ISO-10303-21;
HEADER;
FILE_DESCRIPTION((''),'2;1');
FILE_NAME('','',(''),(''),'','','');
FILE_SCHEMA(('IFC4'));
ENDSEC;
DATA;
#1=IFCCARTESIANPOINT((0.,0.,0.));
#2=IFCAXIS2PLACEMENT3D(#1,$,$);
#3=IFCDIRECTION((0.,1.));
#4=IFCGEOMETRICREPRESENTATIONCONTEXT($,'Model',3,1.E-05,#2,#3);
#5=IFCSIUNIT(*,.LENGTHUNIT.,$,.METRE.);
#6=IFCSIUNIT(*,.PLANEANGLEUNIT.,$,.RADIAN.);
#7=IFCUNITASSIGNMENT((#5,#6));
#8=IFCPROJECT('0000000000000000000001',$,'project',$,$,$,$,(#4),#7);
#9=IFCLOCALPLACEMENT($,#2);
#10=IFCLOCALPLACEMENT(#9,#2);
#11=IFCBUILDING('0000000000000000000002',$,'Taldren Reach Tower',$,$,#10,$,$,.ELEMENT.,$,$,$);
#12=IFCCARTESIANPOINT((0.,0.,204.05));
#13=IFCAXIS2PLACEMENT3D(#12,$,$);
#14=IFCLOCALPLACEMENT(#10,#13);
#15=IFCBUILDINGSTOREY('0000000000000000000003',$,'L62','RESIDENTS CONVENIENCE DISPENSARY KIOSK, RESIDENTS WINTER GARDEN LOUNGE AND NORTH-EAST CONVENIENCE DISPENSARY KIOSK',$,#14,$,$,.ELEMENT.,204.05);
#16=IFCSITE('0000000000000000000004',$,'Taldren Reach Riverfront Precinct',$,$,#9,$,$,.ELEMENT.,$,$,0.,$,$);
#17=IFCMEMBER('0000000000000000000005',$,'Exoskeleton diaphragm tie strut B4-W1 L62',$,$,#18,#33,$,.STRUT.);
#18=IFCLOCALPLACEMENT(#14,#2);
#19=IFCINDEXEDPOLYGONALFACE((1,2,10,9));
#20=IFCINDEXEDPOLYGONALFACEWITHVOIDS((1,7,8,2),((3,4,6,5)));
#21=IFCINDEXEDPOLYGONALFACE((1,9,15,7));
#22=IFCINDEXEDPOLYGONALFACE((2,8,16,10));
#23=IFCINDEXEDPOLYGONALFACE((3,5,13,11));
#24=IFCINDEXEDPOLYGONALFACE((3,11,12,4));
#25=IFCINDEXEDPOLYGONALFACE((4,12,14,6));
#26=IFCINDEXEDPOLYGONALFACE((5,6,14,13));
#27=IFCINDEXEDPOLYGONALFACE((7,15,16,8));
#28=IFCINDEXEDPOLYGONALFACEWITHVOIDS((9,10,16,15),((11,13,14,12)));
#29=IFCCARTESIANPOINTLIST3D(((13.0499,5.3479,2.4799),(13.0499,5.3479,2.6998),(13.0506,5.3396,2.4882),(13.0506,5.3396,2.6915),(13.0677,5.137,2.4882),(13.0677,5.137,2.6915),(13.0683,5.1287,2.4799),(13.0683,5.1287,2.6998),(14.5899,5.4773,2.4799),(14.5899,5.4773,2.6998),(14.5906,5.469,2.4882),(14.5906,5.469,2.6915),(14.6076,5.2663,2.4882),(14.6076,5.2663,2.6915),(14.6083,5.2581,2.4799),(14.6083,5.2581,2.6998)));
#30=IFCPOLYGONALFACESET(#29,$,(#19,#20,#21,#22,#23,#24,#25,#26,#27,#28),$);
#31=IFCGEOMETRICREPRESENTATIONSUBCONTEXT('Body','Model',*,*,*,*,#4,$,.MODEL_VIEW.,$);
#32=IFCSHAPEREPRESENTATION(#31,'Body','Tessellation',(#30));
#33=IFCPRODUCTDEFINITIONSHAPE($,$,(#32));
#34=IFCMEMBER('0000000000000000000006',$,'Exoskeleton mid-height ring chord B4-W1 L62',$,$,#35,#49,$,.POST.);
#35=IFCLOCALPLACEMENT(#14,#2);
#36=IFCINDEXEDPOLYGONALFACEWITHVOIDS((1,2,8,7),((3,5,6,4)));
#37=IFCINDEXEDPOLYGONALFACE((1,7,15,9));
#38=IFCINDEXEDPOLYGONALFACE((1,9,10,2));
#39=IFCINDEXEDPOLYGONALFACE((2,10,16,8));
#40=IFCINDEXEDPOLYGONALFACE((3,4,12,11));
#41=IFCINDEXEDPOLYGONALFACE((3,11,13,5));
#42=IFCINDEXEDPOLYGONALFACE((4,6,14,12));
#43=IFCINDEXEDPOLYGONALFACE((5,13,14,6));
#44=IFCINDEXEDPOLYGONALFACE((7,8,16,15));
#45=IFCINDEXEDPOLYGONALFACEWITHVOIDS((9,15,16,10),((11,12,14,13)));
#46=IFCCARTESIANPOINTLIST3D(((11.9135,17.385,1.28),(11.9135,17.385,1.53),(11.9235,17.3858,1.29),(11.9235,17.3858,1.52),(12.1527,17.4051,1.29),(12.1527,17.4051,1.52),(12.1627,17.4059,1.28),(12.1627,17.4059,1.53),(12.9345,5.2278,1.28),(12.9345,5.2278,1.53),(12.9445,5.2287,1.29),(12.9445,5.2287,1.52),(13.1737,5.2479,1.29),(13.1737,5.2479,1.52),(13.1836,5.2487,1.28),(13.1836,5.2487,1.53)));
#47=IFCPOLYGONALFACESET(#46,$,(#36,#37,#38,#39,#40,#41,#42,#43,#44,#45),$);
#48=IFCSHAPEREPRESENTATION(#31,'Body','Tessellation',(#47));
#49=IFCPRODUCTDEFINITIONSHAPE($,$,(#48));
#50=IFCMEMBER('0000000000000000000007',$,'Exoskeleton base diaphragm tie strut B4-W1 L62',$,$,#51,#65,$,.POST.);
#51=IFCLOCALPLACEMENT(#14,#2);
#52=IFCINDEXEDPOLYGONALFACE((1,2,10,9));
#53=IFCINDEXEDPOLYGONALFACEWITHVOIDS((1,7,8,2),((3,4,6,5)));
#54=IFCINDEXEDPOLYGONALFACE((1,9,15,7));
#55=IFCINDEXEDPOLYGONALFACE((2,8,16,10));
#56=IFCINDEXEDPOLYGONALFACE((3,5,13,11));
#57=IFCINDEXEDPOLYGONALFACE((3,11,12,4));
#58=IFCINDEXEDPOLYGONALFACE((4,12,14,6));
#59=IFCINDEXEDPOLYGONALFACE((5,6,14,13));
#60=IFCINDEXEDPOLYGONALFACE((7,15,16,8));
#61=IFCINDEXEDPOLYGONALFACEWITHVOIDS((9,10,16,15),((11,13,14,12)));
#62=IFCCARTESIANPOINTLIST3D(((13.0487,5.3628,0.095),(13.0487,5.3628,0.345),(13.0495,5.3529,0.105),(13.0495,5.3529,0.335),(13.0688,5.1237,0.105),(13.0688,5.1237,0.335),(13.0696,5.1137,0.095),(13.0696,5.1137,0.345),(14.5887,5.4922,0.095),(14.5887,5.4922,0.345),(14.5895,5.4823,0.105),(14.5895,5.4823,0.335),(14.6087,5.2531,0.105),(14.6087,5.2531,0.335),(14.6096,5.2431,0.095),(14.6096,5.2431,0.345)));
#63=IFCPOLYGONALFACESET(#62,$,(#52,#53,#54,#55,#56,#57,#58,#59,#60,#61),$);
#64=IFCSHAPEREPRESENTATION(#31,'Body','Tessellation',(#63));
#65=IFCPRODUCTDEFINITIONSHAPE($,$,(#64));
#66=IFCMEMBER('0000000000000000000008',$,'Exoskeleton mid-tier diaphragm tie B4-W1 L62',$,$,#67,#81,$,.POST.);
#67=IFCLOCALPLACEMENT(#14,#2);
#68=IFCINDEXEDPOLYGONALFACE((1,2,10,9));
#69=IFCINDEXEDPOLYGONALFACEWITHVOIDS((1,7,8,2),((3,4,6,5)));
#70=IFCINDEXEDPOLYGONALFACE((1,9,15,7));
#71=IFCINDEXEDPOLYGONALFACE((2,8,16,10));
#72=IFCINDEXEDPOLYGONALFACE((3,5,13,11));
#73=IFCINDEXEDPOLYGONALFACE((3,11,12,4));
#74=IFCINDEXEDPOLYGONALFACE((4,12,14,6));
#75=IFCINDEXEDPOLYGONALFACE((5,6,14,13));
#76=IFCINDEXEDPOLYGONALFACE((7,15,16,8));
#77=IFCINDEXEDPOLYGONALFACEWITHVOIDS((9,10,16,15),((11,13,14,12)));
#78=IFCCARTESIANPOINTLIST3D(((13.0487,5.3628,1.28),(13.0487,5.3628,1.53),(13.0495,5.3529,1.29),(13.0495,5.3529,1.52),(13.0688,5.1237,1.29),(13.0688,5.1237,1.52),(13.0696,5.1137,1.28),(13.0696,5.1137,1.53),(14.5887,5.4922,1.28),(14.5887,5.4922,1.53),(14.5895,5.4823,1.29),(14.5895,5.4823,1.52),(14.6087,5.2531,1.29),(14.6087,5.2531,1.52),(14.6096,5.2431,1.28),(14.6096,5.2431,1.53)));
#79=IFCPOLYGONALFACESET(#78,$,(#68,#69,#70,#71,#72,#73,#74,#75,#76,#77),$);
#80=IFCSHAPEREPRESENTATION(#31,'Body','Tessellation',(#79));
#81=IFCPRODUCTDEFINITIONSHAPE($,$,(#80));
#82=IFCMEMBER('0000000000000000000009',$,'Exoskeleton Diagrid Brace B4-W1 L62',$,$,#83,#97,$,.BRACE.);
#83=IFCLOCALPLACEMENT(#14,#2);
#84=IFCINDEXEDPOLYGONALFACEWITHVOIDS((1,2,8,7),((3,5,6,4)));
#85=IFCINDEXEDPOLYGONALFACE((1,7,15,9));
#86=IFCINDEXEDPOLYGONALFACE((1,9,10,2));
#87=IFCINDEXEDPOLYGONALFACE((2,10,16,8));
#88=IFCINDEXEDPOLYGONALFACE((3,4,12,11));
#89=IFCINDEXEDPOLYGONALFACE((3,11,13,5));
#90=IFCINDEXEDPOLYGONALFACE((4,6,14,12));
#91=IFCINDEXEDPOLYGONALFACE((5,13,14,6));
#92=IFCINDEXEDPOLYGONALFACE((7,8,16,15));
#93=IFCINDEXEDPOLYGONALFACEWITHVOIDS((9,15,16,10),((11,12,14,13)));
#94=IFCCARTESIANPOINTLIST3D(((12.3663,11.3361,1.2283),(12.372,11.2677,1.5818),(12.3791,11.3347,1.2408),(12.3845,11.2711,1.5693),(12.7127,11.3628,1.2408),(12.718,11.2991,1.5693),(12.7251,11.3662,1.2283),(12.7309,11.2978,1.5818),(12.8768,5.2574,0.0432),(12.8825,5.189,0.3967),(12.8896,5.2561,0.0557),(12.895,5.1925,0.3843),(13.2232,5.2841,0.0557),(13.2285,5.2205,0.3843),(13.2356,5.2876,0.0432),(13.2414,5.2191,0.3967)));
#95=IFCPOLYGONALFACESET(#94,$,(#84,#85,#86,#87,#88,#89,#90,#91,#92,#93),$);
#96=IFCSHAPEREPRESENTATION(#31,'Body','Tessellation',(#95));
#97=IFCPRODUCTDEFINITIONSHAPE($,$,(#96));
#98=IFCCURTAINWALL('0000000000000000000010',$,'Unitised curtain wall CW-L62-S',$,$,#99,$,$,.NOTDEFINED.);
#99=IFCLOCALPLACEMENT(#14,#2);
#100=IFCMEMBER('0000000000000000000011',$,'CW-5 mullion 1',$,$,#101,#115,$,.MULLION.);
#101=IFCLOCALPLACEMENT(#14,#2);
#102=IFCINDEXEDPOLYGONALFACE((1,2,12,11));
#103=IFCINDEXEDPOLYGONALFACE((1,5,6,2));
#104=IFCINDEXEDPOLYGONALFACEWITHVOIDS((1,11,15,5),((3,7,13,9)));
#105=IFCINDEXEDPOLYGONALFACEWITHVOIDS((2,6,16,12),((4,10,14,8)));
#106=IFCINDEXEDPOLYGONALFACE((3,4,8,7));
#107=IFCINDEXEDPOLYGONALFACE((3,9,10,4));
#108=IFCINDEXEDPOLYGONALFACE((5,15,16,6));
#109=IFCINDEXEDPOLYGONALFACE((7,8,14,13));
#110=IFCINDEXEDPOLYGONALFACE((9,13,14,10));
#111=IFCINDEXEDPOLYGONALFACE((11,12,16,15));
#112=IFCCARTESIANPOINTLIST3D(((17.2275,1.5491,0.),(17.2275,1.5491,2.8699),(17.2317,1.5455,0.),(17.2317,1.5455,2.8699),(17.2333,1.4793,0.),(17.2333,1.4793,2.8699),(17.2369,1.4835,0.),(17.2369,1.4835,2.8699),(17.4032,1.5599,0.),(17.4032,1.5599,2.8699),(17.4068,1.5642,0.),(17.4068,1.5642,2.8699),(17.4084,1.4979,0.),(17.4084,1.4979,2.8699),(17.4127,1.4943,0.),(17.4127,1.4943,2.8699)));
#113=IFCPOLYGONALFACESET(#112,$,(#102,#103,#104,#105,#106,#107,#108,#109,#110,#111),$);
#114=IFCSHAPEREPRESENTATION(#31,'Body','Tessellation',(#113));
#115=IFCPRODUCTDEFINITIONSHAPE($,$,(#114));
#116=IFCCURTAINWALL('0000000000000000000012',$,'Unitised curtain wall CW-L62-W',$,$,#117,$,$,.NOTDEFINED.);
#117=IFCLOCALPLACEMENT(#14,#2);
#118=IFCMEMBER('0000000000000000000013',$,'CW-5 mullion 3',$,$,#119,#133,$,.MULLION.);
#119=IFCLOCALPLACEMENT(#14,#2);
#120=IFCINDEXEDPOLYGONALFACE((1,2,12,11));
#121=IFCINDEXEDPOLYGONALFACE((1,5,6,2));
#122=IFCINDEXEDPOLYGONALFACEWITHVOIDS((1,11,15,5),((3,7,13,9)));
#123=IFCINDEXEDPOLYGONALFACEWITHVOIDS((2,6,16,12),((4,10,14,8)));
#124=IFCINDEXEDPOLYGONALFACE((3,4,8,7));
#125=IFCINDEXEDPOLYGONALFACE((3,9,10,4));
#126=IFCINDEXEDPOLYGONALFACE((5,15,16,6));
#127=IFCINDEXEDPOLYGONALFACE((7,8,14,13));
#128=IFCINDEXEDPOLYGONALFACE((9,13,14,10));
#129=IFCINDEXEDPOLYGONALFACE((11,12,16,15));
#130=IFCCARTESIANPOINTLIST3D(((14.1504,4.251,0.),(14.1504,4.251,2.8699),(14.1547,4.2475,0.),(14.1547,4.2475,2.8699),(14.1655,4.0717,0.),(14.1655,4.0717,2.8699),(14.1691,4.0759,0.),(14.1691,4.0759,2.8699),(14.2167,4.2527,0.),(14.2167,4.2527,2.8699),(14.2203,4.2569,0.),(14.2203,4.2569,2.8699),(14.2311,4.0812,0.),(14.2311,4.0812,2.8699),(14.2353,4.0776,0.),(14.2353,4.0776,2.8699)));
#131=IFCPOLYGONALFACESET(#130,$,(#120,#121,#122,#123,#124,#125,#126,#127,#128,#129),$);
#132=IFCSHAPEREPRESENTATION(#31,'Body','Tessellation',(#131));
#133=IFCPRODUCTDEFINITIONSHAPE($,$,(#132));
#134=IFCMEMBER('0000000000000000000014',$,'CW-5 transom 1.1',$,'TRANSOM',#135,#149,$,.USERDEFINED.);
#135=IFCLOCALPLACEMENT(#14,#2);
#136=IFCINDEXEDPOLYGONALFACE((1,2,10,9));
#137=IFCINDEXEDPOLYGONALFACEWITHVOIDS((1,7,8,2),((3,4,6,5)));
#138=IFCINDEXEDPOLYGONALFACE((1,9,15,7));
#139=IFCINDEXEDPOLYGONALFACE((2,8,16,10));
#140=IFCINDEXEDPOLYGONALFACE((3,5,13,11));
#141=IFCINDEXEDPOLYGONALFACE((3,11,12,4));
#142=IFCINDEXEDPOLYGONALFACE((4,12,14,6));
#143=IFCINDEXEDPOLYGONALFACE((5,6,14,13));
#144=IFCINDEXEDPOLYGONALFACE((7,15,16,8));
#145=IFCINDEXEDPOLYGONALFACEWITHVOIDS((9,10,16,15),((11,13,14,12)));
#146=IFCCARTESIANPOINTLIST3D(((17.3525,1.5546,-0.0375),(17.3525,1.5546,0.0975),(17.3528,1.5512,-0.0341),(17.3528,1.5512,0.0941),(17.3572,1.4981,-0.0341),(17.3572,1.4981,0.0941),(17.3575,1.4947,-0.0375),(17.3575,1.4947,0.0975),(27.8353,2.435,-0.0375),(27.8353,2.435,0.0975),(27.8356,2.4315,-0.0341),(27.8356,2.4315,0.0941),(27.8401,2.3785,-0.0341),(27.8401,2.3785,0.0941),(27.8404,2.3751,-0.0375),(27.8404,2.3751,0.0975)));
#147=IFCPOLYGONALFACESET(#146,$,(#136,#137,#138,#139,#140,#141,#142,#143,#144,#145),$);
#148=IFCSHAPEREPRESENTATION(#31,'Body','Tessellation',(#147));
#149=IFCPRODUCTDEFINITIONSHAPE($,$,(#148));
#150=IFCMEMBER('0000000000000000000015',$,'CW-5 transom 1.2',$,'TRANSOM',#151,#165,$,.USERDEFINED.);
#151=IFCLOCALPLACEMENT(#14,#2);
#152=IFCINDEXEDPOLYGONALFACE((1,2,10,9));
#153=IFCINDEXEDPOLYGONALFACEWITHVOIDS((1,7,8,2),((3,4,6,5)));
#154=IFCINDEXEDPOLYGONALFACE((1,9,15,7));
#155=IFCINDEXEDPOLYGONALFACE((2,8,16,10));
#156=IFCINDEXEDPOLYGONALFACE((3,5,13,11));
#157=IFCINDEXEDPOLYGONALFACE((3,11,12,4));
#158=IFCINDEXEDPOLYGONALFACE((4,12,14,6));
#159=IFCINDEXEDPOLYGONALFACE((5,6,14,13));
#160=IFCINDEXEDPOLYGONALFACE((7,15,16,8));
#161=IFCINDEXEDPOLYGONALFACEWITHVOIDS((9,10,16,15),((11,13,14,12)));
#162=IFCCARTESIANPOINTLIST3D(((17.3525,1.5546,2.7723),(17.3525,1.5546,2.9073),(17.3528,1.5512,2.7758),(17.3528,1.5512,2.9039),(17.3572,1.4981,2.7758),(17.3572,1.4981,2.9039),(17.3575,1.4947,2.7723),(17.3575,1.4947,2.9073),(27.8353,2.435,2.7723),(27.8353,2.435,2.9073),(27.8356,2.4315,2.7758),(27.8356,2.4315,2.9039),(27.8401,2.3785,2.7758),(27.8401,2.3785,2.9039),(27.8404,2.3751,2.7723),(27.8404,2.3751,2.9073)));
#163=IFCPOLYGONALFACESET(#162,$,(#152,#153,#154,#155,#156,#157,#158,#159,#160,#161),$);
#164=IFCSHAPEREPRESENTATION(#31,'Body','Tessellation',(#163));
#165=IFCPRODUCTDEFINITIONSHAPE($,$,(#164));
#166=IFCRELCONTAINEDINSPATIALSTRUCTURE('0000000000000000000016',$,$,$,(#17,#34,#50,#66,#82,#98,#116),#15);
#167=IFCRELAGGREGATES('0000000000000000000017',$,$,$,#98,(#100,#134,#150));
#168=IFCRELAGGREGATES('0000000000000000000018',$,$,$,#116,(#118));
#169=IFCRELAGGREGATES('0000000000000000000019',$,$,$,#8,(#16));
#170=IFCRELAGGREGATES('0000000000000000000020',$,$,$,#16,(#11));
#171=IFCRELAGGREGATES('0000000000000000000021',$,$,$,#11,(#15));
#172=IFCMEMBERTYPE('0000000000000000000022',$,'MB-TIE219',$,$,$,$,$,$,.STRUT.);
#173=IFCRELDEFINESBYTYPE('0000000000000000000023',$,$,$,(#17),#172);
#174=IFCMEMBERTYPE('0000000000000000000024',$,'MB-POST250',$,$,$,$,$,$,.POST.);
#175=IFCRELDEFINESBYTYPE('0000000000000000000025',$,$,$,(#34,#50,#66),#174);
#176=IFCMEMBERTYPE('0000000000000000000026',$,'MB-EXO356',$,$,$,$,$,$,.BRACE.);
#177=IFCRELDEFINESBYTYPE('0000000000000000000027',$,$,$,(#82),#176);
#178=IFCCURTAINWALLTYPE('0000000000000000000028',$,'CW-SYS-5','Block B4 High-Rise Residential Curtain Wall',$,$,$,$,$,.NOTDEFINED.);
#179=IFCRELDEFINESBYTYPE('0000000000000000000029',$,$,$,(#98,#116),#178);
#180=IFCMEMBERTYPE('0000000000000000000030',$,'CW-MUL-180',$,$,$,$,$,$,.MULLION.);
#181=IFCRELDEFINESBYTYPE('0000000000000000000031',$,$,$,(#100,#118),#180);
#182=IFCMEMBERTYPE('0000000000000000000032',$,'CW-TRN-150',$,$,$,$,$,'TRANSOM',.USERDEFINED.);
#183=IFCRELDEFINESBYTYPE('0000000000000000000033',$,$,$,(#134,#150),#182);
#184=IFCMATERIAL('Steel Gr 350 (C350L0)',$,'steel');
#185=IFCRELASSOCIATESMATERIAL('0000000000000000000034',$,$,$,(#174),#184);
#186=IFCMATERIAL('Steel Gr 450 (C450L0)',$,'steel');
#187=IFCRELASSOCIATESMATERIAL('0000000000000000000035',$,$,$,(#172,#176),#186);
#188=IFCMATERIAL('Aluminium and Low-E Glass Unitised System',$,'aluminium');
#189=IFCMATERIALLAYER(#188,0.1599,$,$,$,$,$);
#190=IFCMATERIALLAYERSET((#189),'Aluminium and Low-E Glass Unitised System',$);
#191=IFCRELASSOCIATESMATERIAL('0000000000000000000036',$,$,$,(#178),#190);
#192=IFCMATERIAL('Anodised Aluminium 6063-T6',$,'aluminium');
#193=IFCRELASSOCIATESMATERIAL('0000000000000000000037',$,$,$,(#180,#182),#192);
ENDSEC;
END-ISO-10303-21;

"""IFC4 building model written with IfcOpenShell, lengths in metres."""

from ifc_helpers import new_model, si_unit, direction, frame, origin, origin_2d, place, context, subcontext, project, spatial, hollow_rectangle, extrude, source, transform, mapped, material, layer, layer_set, material_profile, profile_set, type_object, element, aggregate, save


model = new_model("IFC4")

# Units and contexts
model_context = context("Model", 3, precision=1e-05, world=origin(), true_north=direction((0.0, 1.0)))
body_context = subcontext(model_context, "Body", "Model", "MODEL_VIEW")
ifc_project = project(units=[si_unit("LENGTHUNIT", "METRE"), si_unit("PLANEANGLEUNIT", "RADIAN")], contexts=[model_context])

# Site, building, storey
site_placement = place(None, origin())
site = spatial("IfcSite", under=ifc_project, at=site_placement, Name="Taldren Reach Riverfront Precinct", CompositionType="ELEMENT", RefElevation=0.0)
building_placement = place(site_placement, origin())
building = spatial("IfcBuilding", under=site, at=building_placement, Name="Taldren Reach Tower", CompositionType="ELEMENT")
storey_placement = place(building_placement, frame((0.0, 0.0, 204.05)))
storey = spatial("IfcBuildingStorey", under=building, at=storey_placement, Name="L62", Description="RESIDENTS CONVENIENCE DISPENSARY KIOSK, RESIDENTS WINTER GARDEN LOUNGE AND NORTH-EAST CONVENIENCE DISPENSARY KIOSK", CompositionType="ELEMENT", Elevation=204.05)

# Shared definitions
ifc_material_1 = material(Name="Steel Gr 350 (C350L0)", Category="steel")

# Shared definitions
ifc_material_profile_1 = material_profile(ifc_material_1, hollow_rectangle(XDim=0.25, YDim=0.25, WallThickness=0.01, at=origin_2d()), Name="250x250x10.0SHS")
ifc_profile_set_1 = profile_set([ifc_material_profile_1], Name="Steel Gr 350 (C350L0)")
member_type_1 = type_object("IfcMemberType", Name="MB-POST250", PredefinedType="POST", material=ifc_profile_set_1)

# Members
ifc_material_2 = material(Name="Steel Gr 450 (C450L0)", Category="steel")
ifc_material_profile_2 = material_profile(ifc_material_2, hollow_rectangle(XDim=0.22, YDim=0.22, WallThickness=0.0083, at=origin_2d()), Name="220x220x8.2SHS")
ifc_profile_set_2 = profile_set([ifc_material_profile_2], Name="Steel Gr 450 (C450L0)")
member_type_2 = type_object("IfcMemberType", Name="MB-TIE219", PredefinedType="STRUT", material=ifc_profile_set_2)
shared_shape_1 = source(origin(), body_context, "Body", "SweptSolid", [
    extrude(hollow_rectangle(XDim=0.22, YDim=0.22, WallThickness=0.0083, at=origin_2d()), origin(), (0.0, 0.0, 1.0), 1.5454),
])
member_1_placement = place(storey_placement, frame((14.5991, 5.3677, 2.5898), z_axis=(-0.996489, -0.083725, 0.0), x_axis=(0.083725, -0.996489, 0.0)))
element("IfcMember", 1, at=member_1_placement, inside=storey, type_object=member_type_2, Name="Exoskeleton diaphragm tie strut B4-W1 L62", PredefinedType="STRUT", context=body_context, shape_type="MappedRepresentation", body=[
    mapped(shared_shape_1, transform((0.0, 0.0, 0.0), scale=1.0)),
])
shared_shape_2 = source(origin(), body_context, "Body", "SweptSolid", [
    extrude(hollow_rectangle(XDim=0.25, YDim=0.25, WallThickness=0.01, at=origin_2d()), origin(), (0.0, 0.0, 1.0), 12.2),
])
member_2_placement = place(storey_placement, frame((13.0591, 5.2383, 1.405), z_axis=(-0.083688, 0.996492, 0.0), x_axis=(-0.996492, -0.083688, 0.0)))
element("IfcMember", 2, at=member_2_placement, inside=storey, type_object=member_type_1, Name="Exoskeleton mid-height ring chord B4-W1 L62", PredefinedType="POST", context=body_context, shape_type="MappedRepresentation", body=[
    mapped(shared_shape_2, transform((0.0, 0.0, 0.0), scale=1.0)),
])
shared_shape_3 = source(origin(), body_context, "Body", "SweptSolid", [
    extrude(hollow_rectangle(XDim=0.25, YDim=0.25, WallThickness=0.01, at=origin_2d()), origin(), (0.0, 0.0, 1.0), 1.5454),
])
for number, where, z_axis, x_axis, name in (
    (3, (14.5991, 5.3677, 0.22), (-0.996489, -0.083725, 0.0), (0.083725, -0.996489, 0.0), "Exoskeleton base diaphragm tie strut B4-W1 L62"),
    (4, (14.5991, 5.3677, 1.405), (-0.996489, -0.083725, 0.0), (0.083725, -0.996489, 0.0), "Exoskeleton mid-tier diaphragm tie B4-W1 L62"),
):
    element("IfcMember", number, at=place(storey_placement, frame(where, z_axis=z_axis, x_axis=x_axis)), inside=storey, type_object=member_type_1, Name=name, PredefinedType="POST", context=body_context, shape_type="MappedRepresentation", body=[
        mapped(shared_shape_3, transform((0.0, 0.0, 0.0), scale=1.0)),
    ])
ifc_material_profile_3 = material_profile(ifc_material_2, hollow_rectangle(XDim=0.3601, YDim=0.3601, WallThickness=0.0127, at=origin_2d()), Name="360x360x12.7SHS")
ifc_profile_set_3 = profile_set([ifc_material_profile_3], Name="Steel Gr 450 (C450L0)")
member_type_3 = type_object("IfcMemberType", Name="MB-EXO356", PredefinedType="BRACE", material=ifc_profile_set_3)
shared_shape_4 = source(origin(), body_context, "Body", "SweptSolid", [
    extrude(hollow_rectangle(XDim=0.3601, YDim=0.3601, WallThickness=0.0127, at=origin_2d()), origin(), (0.0, 0.0, 1.0), 6.2141),
])
member_3_placement = place(storey_placement, frame((13.0591, 5.2383, 0.22), z_axis=(-0.082152, 0.978204, 0.190706), x_axis=(-0.996492, -0.083688, 0.0)))
element("IfcMember", 5, at=member_3_placement, inside=storey, type_object=member_type_3, Name="Exoskeleton Diagrid Brace B4-W1 L62", PredefinedType="BRACE", context=body_context, shape_type="MappedRepresentation", body=[
    mapped(shared_shape_4, transform((0.0, 0.0, 0.0), scale=1.0)),
])

# Curtain walls, members
ifc_material_3 = material(Name="Aluminium and Low-E Glass Unitised System", Category="aluminium")
ifc_layer_1 = layer(ifc_material_3, 0.1599)
ifc_layer_set_1 = layer_set([ifc_layer_1], Name="Aluminium and Low-E Glass Unitised System")
curtain_wall_type = type_object("IfcCurtainWallType", Name="CW-SYS-5", Description="Block B4 High-Rise Residential Curtain Wall", PredefinedType="NOTDEFINED", material=ifc_layer_set_1)
curtain_wall_1_placement = place(storey_placement, origin())
curtain_wall_1 = element("IfcCurtainWall", 6, at=curtain_wall_1_placement, inside=storey, type_object=curtain_wall_type, Name="Unitised curtain wall CW-L62-S", PredefinedType="NOTDEFINED")
ifc_material_4 = material(Name="Anodised Aluminium 6063-T6", Category="aluminium")
ifc_material_profile_4 = material_profile(ifc_material_4, hollow_rectangle(XDim=0.0701, YDim=0.1799, WallThickness=0.0039, at=origin_2d()), Name="ALU-180x70x4RHS")
ifc_profile_set_4 = profile_set([ifc_material_profile_4], Name="Anodised Aluminium 6063-T6")
member_type_4 = type_object("IfcMemberType", Name="CW-MUL-180", PredefinedType="MULLION", material=ifc_profile_set_4)
shared_shape_5 = source(origin(), body_context, "Body", "SweptSolid", [
    extrude(hollow_rectangle(XDim=0.0701, YDim=0.1799, WallThickness=0.0039, at=origin_2d()), origin(), (0.0, 0.0, 1.0), 2.8699),
])
member_4_placement = place(storey_placement, frame((17.3201, 1.5217, 0.0), z_axis=(0.0, 0.0, 1.0), x_axis=(-0.083678, 0.996493, 0.0)))
member_4 = element("IfcMember", 7, at=member_4_placement, type_object=member_type_4, Name="CW-5 mullion 1", PredefinedType="MULLION", context=body_context, shape_type="MappedRepresentation", body=[
    mapped(shared_shape_5, transform((0.0, 0.0, 0.0), scale=1.0)),
])
curtain_wall_2_placement = place(storey_placement, origin())
curtain_wall_2 = element("IfcCurtainWall", 8, at=curtain_wall_2_placement, inside=storey, type_object=curtain_wall_type, Name="Unitised curtain wall CW-L62-W", PredefinedType="NOTDEFINED")
member_5_placement = place(storey_placement, frame((14.1929, 4.1643, 0.0), z_axis=(0.0, 0.0, 1.0), x_axis=(0.996493, 0.083678, 0.0)))
member_5 = element("IfcMember", 9, at=member_5_placement, type_object=member_type_4, Name="CW-5 mullion 3", PredefinedType="MULLION", context=body_context, shape_type="MappedRepresentation", body=[
    mapped(shared_shape_5, transform((0.0, 0.0, 0.0), scale=1.0)),
])

# Members
ifc_material_profile_5 = material_profile(ifc_material_4, hollow_rectangle(XDim=0.0601, YDim=0.135, WallThickness=0.0034, at=origin_2d()), Name="ALU-135x60x3.5RHS")
ifc_profile_set_5 = profile_set([ifc_material_profile_5], Name="Anodised Aluminium 6063-T6")
member_type_5 = type_object("IfcMemberType", Name="CW-TRN-150", ElementType="TRANSOM", PredefinedType="USERDEFINED", material=ifc_profile_set_5)
shared_shape_6 = source(origin(), body_context, "Body", "SweptSolid", [
    extrude(hollow_rectangle(XDim=0.0601, YDim=0.135, WallThickness=0.0034, at=origin_2d()), origin(), (0.0, 0.0, 1.0), 10.5198),
])
member_6_placement = place(storey_placement, frame((17.355, 1.5247, 0.03), z_axis=(0.996492, 0.083687, 0.0), x_axis=(-0.083687, 0.996492, 0.0)))
member_6 = element("IfcMember", 10, at=member_6_placement, type_object=member_type_5, Name="CW-5 transom 1.1", ObjectType="TRANSOM", PredefinedType="USERDEFINED", context=body_context, shape_type="MappedRepresentation", body=[
    mapped(shared_shape_6, transform((0.0, 0.0, 0.0), scale=1.0)),
])
member_7_placement = place(storey_placement, frame((17.355, 1.5247, 2.8398), z_axis=(0.996492, 0.083687, 0.0), x_axis=(-0.083687, 0.996492, 0.0)))
member_7 = element("IfcMember", 11, at=member_7_placement, type_object=member_type_5, Name="CW-5 transom 1.2", ObjectType="TRANSOM", PredefinedType="USERDEFINED", context=body_context, shape_type="MappedRepresentation", body=[
    mapped(shared_shape_6, transform((0.0, 0.0, 0.0), scale=1.0)),
])
aggregate(curtain_wall_1, [member_4, member_6, member_7])

aggregate(curtain_wall_2, [member_5])

save(model, "model.ifc")
